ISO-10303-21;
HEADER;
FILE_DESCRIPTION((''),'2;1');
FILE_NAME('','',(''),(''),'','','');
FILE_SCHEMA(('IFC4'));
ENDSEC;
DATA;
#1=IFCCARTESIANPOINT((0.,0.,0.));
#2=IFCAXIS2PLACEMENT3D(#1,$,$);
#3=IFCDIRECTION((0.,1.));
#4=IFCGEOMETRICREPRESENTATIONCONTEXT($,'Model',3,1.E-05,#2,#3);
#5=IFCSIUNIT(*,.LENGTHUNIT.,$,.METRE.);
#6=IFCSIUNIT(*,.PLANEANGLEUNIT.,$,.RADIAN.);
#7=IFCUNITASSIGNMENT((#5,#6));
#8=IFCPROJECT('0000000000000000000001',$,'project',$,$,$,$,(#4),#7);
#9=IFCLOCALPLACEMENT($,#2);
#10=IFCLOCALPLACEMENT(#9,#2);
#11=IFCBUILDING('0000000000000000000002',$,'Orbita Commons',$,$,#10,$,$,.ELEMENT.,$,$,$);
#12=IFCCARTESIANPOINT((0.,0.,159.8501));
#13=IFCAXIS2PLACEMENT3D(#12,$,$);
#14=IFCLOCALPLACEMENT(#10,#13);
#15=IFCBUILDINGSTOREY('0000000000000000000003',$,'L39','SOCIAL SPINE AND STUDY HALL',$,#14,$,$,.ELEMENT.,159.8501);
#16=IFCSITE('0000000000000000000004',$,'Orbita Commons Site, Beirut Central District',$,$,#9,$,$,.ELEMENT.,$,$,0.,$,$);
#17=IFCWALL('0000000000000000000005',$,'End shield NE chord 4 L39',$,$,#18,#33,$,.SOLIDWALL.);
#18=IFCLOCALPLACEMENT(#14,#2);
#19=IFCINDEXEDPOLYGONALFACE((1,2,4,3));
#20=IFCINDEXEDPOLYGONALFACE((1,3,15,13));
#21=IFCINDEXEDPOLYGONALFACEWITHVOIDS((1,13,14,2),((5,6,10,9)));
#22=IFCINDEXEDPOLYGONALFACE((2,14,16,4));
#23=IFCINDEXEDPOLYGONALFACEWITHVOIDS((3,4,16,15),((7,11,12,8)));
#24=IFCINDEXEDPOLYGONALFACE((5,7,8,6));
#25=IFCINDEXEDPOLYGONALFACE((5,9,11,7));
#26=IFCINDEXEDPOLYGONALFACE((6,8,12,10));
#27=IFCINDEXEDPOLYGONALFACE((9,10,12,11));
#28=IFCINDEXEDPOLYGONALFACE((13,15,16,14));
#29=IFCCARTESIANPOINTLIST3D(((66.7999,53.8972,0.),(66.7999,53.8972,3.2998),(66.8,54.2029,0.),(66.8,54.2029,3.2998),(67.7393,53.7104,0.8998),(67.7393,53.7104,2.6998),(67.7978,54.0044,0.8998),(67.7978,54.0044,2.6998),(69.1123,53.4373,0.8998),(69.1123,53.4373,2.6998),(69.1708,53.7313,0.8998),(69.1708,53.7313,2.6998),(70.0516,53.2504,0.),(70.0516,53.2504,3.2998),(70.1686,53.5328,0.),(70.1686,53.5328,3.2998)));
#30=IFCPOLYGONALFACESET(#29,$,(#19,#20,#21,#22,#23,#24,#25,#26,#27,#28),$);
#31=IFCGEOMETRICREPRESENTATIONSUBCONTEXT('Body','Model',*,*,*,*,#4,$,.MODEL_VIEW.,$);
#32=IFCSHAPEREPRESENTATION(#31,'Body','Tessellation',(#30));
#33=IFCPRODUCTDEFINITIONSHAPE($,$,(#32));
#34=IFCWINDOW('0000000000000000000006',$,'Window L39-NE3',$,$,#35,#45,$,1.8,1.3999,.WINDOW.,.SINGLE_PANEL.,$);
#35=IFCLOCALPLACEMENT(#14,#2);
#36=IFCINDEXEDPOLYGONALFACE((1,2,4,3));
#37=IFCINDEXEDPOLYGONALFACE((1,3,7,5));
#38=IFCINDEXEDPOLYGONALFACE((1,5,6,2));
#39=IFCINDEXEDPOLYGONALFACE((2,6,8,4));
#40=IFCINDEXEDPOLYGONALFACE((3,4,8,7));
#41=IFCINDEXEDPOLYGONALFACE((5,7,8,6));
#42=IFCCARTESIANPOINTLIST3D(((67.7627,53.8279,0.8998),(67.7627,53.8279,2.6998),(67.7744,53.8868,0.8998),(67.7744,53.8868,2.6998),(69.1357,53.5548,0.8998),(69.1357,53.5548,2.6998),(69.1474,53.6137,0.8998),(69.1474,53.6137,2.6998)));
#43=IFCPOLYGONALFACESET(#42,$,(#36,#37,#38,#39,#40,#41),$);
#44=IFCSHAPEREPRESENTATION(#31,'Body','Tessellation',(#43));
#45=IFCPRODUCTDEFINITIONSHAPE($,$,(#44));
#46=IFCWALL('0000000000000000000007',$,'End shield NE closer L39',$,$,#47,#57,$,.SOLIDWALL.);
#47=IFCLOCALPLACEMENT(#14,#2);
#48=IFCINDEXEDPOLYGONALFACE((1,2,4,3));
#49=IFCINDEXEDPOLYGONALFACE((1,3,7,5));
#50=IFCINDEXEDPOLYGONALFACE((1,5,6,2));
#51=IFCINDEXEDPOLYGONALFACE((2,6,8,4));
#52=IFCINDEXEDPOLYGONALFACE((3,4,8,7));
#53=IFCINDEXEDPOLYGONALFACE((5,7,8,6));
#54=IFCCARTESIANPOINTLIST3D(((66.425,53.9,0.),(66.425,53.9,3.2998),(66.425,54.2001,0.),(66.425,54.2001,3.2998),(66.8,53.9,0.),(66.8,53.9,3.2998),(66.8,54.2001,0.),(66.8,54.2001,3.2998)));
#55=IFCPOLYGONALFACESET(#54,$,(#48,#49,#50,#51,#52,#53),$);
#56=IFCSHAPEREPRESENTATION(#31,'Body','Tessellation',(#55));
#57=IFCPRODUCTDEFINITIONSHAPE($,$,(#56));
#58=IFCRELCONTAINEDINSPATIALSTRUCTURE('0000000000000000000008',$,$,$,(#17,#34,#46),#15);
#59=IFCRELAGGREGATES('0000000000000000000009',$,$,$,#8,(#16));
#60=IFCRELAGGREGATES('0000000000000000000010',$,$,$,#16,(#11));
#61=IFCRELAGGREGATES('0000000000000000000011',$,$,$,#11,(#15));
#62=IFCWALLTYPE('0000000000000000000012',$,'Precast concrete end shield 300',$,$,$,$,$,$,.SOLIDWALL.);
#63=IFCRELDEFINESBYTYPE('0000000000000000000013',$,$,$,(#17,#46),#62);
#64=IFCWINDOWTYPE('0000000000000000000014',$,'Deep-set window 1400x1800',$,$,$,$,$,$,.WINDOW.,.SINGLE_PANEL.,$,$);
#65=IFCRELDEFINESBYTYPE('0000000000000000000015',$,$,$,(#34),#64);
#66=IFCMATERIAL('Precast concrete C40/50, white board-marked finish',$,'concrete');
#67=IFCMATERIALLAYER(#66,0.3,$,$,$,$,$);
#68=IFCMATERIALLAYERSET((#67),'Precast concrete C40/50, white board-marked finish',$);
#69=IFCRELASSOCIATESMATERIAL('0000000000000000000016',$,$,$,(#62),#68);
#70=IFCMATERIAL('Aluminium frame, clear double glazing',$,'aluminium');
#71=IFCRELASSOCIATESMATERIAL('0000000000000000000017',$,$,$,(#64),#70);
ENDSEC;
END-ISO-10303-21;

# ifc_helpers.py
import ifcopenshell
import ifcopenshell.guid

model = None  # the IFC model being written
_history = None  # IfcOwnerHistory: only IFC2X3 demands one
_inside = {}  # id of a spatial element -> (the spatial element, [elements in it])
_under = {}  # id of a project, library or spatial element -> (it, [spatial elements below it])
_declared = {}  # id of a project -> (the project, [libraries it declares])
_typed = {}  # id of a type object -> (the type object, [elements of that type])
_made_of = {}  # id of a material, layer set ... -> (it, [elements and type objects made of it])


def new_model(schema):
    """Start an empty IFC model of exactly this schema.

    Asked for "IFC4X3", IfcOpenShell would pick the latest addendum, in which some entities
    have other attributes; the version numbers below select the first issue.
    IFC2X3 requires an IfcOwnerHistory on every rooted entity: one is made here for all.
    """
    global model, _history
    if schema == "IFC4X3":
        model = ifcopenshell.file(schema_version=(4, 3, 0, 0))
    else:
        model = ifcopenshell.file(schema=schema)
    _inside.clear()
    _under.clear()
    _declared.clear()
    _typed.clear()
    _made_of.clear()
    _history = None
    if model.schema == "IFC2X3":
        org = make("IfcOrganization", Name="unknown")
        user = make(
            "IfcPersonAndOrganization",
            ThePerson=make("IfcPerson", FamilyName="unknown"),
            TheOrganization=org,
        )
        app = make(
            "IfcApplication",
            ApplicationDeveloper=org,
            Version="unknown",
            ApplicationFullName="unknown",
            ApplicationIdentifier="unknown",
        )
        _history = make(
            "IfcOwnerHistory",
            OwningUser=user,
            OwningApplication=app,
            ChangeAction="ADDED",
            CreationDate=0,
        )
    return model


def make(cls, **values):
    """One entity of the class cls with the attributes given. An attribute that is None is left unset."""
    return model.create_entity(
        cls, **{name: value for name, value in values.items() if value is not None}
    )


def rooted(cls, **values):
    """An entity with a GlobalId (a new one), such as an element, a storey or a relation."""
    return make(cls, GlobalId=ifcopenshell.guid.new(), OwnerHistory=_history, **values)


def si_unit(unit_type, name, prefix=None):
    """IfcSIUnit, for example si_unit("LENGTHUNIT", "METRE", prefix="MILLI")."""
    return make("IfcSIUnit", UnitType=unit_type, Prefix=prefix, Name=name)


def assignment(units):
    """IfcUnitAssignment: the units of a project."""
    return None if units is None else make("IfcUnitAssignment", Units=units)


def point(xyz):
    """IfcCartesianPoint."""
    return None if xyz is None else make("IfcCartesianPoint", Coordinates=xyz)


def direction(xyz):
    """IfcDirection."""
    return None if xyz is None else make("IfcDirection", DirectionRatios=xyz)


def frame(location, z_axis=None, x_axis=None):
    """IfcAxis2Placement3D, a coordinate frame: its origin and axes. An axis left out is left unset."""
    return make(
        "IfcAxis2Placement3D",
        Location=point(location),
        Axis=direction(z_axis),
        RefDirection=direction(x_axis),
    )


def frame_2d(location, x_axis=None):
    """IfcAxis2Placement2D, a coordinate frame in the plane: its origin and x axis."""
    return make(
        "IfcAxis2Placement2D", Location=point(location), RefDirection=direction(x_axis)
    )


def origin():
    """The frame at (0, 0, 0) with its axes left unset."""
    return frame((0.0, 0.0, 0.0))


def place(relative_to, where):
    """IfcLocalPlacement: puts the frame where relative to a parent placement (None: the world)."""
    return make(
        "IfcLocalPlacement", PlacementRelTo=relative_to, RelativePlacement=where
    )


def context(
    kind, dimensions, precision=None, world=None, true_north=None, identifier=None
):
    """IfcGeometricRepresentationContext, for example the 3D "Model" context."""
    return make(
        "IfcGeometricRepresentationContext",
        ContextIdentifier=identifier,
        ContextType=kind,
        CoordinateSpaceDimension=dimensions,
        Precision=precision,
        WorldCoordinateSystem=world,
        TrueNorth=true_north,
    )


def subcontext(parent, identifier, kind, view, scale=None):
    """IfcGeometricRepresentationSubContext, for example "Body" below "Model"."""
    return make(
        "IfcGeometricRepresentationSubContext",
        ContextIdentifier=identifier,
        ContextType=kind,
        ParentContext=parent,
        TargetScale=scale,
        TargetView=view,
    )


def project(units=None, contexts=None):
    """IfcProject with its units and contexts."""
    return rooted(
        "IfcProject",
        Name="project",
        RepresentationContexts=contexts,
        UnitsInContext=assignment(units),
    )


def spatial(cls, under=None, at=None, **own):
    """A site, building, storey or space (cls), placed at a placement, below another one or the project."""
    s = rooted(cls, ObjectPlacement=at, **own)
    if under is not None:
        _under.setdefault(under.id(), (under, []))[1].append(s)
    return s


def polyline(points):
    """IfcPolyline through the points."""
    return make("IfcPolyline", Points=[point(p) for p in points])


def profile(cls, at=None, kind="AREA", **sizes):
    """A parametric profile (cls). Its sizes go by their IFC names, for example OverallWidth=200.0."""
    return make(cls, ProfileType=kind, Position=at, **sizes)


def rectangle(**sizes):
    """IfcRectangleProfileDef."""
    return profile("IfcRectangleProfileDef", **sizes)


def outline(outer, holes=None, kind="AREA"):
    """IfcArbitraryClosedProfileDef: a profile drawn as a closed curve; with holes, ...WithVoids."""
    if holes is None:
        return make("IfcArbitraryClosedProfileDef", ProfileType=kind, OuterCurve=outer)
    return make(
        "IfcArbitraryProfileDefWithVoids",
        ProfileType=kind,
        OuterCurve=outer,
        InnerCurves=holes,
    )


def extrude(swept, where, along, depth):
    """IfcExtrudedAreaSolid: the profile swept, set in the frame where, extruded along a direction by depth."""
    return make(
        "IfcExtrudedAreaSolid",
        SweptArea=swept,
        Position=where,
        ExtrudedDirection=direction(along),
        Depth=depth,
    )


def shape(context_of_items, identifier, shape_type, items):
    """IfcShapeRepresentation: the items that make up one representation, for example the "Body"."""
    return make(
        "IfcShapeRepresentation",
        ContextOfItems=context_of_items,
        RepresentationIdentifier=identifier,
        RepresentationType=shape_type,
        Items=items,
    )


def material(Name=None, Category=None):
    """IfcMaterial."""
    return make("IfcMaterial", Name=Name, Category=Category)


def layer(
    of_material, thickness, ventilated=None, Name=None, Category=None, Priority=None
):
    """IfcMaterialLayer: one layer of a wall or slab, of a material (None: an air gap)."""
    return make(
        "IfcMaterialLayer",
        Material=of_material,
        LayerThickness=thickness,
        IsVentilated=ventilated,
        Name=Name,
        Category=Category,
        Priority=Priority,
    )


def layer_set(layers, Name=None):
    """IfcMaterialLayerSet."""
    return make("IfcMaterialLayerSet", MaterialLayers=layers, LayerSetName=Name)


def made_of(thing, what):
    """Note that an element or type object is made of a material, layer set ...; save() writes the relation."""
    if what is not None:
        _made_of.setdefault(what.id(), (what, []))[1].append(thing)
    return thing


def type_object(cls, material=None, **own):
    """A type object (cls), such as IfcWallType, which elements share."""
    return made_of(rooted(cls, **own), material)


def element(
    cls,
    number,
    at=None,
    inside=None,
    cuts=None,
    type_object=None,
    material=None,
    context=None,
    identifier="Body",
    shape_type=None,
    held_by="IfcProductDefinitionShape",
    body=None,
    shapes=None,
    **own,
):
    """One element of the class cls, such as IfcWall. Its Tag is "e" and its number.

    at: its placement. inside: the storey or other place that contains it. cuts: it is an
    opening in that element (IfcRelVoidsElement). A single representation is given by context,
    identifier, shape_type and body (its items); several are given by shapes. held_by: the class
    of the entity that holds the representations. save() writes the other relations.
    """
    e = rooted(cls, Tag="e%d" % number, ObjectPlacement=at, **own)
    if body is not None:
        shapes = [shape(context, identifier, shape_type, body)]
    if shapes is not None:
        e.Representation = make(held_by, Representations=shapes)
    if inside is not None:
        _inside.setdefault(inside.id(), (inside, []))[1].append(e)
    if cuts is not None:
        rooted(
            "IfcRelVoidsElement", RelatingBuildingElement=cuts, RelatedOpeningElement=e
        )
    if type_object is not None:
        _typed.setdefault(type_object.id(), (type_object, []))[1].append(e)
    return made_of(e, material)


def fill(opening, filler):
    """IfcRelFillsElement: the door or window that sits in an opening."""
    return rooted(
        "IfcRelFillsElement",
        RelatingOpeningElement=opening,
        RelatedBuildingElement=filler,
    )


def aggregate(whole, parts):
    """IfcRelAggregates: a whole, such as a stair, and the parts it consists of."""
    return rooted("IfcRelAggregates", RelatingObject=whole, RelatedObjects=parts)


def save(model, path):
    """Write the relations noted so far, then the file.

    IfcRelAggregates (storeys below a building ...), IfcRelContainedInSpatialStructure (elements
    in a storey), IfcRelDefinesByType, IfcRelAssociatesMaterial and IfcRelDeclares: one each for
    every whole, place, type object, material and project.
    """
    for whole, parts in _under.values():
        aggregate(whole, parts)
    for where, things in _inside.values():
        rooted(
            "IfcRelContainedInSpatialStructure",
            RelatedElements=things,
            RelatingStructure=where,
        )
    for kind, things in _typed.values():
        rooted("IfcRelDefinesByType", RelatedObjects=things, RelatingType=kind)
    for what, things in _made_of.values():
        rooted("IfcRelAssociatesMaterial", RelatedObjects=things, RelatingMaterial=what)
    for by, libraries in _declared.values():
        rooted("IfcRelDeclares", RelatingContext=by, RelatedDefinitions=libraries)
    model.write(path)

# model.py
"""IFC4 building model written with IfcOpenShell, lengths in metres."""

from ifc_helpers import new_model, si_unit, direction, frame, frame_2d, origin, place, context, subcontext, project, spatial, polyline, rectangle, outline, extrude, material, layer, layer_set, type_object, element, fill, save


model = new_model("IFC4")

# Units and contexts
model_context = context("Model", 3, precision=1e-05, world=origin(), true_north=direction((0.0, 1.0)))
body_context = subcontext(model_context, "Body", "Model", "MODEL_VIEW")
ifc_project = project(units=[si_unit("LENGTHUNIT", "METRE"), si_unit("PLANEANGLEUNIT", "RADIAN")], contexts=[model_context])

# Site, building, storey
site_placement = place(None, origin())
site = spatial("IfcSite", under=ifc_project, at=site_placement, Name="Orbita Commons Site, Beirut Central District", CompositionType="ELEMENT", RefElevation=0.0)
building_placement = place(site_placement, origin())
building = spatial("IfcBuilding", under=site, at=building_placement, Name="Orbita Commons", CompositionType="ELEMENT")
storey_placement = place(building_placement, frame((0.0, 0.0, 159.8501)))
storey = spatial("IfcBuildingStorey", under=building, at=storey_placement, Name="L39", Description="SOCIAL SPINE AND STUDY HALL", CompositionType="ELEMENT", Elevation=159.8501)

# Wall, opening, window
ifc_material_1 = material(Name="Precast concrete C40/50, white board-marked finish", Category="concrete")
ifc_layer_1 = layer(ifc_material_1, 0.3)
ifc_layer_set_1 = layer_set([ifc_layer_1], Name="Precast concrete C40/50, white board-marked finish")
wall_type_1 = type_object("IfcWallType", Name="Precast concrete end shield 300", PredefinedType="SOLIDWALL", material=ifc_layer_set_1)
ifc_material_2 = material(Name="Aluminium frame, clear double glazing", Category="aluminium")
window_type = type_object("IfcWindowType", Name="Deep-set window 1400x1800", PartitioningType="SINGLE_PANEL", PredefinedType="WINDOW", material=ifc_material_2)
wall_1_placement = place(storey_placement, frame((70.1101, 53.3916, 0.0), z_axis=(0.0, 0.0, 1.0), x_axis=(-0.980783, 0.1951, 0.0)))
wall_1 = element("IfcWall", 1, at=wall_1_placement, inside=storey, type_object=wall_type_1, Name="End shield NE chord 4 L39", PredefinedType="SOLIDWALL", context=body_context, shape_type="SweptSolid", body=[
    extrude(outline(polyline([(-0.0298, -0.1499), (3.4048, -0.1499), (3.3452, 0.1499), (0.0298, 0.1499), (-0.0298, -0.1499)])), origin(), (0.0, 0.0, 1.0), 3.2998),
])
opening_1_placement = place(wall_1_placement, frame((0.9875, 0.0, 0.8999)))
opening_1 = element("IfcOpeningElement", 2, at=opening_1_placement, cuts=wall_1, PredefinedType="OPENING", context=body_context, shape_type="SweptSolid", body=[
    extrude(rectangle(XDim=1.3999, YDim=1.8, at=frame_2d((0.7, 0.8999))), frame((0.0, 0.1599, 0.0), z_axis=(0.0, -1.0, 0.0), x_axis=(1.0, 0.0, 0.0)), (0.0, 0.0, 1.0), 0.3201),
])
window_1_placement = place(opening_1_placement, origin())
window_1 = element("IfcWindow", 3, at=window_1_placement, inside=storey, type_object=window_type, Name="Window L39-NE3", OverallHeight=1.8, OverallWidth=1.3999, PartitioningType="SINGLE_PANEL", PredefinedType="WINDOW", context=body_context, shape_type="SweptSolid", body=[
    extrude(rectangle(XDim=1.3999, YDim=1.8, at=frame_2d((0.7, 0.8999))), frame((0.0, 0.03, 0.0), z_axis=(0.0, -1.0, 0.0), x_axis=(1.0, 0.0, 0.0)), (0.0, 0.0, 1.0), 0.0601),
])
fill(opening_1, window_1)

# Wall
wall_2_placement = place(storey_placement, frame((66.8, 54.05, 0.0), z_axis=(0.0, 0.0, 1.0), x_axis=(-1.0, 0.0, 0.0)))
element("IfcWall", 4, at=wall_2_placement, inside=storey, type_object=wall_type_1, Name="End shield NE closer L39", PredefinedType="SOLIDWALL", context=body_context, shape_type="SweptSolid", body=[
    extrude(rectangle(XDim=0.375, YDim=0.3, at=frame_2d((0.1875, 0.0))), origin(), (0.0, 0.0, 1.0), 3.2998),
])

save(model, "model.ifc")
